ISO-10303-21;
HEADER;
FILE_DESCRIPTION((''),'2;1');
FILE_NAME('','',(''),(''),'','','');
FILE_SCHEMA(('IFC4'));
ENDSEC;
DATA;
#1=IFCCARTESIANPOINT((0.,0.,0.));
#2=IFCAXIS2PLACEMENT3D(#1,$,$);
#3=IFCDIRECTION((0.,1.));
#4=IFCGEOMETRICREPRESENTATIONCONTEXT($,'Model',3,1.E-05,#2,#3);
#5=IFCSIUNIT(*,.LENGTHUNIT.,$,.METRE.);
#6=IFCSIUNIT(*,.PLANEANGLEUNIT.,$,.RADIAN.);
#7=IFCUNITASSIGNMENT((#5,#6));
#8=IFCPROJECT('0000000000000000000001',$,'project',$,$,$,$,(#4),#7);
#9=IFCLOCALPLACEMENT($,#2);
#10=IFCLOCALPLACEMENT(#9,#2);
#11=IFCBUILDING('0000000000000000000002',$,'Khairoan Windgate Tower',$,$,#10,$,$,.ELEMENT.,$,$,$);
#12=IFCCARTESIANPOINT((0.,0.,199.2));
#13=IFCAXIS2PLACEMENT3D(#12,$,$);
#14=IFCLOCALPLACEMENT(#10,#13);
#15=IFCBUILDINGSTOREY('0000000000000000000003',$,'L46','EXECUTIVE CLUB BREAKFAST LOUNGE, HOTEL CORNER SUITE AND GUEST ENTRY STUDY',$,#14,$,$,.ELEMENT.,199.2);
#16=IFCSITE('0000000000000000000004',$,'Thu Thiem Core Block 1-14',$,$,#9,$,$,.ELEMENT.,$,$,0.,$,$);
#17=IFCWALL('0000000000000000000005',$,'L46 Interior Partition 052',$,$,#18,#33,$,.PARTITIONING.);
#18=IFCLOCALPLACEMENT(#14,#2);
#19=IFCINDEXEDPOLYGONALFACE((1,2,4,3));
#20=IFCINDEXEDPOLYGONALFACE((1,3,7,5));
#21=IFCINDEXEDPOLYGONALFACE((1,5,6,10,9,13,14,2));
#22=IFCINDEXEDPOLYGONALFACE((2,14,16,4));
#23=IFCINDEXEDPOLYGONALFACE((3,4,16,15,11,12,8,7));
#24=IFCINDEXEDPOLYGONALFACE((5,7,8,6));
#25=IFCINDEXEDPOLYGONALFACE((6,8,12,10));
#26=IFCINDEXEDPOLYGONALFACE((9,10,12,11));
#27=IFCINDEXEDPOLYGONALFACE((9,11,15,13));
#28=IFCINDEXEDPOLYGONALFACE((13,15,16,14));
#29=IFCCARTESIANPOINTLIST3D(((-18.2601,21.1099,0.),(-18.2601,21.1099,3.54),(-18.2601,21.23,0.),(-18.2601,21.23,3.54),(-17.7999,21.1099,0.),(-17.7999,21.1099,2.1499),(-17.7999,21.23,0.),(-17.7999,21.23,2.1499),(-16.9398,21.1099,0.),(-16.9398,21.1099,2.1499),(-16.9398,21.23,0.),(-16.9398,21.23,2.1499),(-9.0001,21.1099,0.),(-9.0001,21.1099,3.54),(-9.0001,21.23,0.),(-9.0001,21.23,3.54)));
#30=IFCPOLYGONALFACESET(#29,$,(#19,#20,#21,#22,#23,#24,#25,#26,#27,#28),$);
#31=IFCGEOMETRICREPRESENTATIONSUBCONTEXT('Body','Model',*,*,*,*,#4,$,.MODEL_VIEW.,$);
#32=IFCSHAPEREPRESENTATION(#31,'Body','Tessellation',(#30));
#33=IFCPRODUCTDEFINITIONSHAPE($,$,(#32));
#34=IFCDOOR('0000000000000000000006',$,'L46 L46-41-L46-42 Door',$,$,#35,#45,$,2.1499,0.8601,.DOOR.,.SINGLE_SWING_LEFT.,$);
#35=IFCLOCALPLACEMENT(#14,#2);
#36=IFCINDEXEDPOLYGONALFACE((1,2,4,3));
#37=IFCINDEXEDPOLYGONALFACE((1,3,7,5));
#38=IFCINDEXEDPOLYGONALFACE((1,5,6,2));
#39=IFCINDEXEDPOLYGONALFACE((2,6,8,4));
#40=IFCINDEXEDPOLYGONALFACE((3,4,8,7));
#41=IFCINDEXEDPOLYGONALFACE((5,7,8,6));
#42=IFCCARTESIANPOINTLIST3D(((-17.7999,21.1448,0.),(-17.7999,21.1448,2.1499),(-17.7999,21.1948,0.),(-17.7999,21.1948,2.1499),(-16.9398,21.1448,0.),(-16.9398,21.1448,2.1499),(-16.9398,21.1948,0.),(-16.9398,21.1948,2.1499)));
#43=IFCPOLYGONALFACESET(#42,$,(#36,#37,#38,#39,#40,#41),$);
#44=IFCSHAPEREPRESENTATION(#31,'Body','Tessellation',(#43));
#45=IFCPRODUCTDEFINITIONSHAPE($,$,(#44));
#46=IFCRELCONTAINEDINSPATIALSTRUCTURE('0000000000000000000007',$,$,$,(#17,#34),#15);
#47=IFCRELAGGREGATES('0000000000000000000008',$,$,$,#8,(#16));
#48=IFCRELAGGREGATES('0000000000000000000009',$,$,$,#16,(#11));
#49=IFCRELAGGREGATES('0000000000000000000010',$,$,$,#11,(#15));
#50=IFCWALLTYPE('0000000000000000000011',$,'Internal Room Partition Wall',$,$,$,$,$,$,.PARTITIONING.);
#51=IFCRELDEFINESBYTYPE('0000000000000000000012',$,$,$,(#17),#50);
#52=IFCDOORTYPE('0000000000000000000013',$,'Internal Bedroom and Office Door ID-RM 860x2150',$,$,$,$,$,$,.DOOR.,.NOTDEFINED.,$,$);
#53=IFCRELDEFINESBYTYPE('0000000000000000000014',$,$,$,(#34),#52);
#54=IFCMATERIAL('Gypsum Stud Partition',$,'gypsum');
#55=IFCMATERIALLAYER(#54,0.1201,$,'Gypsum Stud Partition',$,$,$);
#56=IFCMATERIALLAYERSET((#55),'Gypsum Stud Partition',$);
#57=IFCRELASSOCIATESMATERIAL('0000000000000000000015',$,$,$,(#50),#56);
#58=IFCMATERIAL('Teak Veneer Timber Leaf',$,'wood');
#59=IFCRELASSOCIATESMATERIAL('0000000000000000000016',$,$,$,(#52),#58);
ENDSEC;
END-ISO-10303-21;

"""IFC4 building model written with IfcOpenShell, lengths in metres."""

from ifc_helpers import new_model, si_unit, direction, frame, frame_2d, origin, place, context, subcontext, project, spatial, rectangle, extrude, material, layer, layer_set, type_object, element, fill, save


model = new_model("IFC4")

# Units and contexts
model_context = context("Model", 3, precision=1e-05, world=origin(), true_north=direction((0.0, 1.0)))
body_context = subcontext(model_context, "Body", "Model", "MODEL_VIEW")
ifc_project = project(units=[si_unit("LENGTHUNIT", "METRE"), si_unit("PLANEANGLEUNIT", "RADIAN")], contexts=[model_context])

# Site, building, storey
site_placement = place(None, origin())
site = spatial("IfcSite", under=ifc_project, at=site_placement, Name="Thu Thiem Core Block 1-14", CompositionType="ELEMENT", RefElevation=0.0)
building_placement = place(site_placement, origin())
building = spatial("IfcBuilding", under=site, at=building_placement, Name="Khairoan Windgate Tower", CompositionType="ELEMENT")
storey_placement = place(building_placement, frame((0.0, 0.0, 199.2)))
storey = spatial("IfcBuildingStorey", under=building, at=storey_placement, Name="L46", Description="EXECUTIVE CLUB BREAKFAST LOUNGE, HOTEL CORNER SUITE AND GUEST ENTRY STUDY", CompositionType="ELEMENT", Elevation=199.2)

# Wall, opening, door
ifc_material_1 = material(Name="Gypsum Stud Partition", Category="gypsum")
ifc_layer_1 = layer(ifc_material_1, 0.1201, Name="Gypsum Stud Partition")
ifc_layer_set_1 = layer_set([ifc_layer_1], Name="Gypsum Stud Partition")
wall_type_1 = type_object("IfcWallType", Name="Internal Room Partition Wall", PredefinedType="PARTITIONING", material=ifc_layer_set_1)
wall_1_placement = place(storey_placement, frame((-18.26, 21.1699, 0.0), z_axis=(0.0, 0.0, 1.0), x_axis=(1.0, 0.0, 0.0)))
wall_1 = element("IfcWall", 1, at=wall_1_placement, inside=storey, type_object=wall_type_1, Name="L46 Interior Partition 052", PredefinedType="PARTITIONING", context=body_context, shape_type="SweptSolid", body=[
    extrude(rectangle(XDim=9.26, YDim=0.1201, at=frame_2d((4.6299, 0.0))), origin(), (0.0, 0.0, 1.0), 3.54),
])
opening_1_placement = place(wall_1_placement, frame((0.46, 0.0, 0.0)))
opening_1 = element("IfcOpeningElement", 2, at=opening_1_placement, cuts=wall_1, PredefinedType="OPENING", context=body_context, shape_type="SweptSolid", body=[
    extrude(rectangle(XDim=0.8601, YDim=2.1499, at=frame_2d((0.4302, 1.075))), frame((0.0, 0.0701, 0.0), z_axis=(0.0, -1.0, 0.0), x_axis=(1.0, 0.0, 0.0)), (0.0, 0.0, 1.0), 0.1401),
])
ifc_material_2 = material(Name="Teak Veneer Timber Leaf", Category="wood")
door_type_1 = type_object("IfcDoorType", Name="Internal Bedroom and Office Door ID-RM 860x2150", OperationType="NOTDEFINED", PredefinedType="DOOR", material=ifc_material_2)
door_1_placement = place(opening_1_placement, origin())
door_1 = element("IfcDoor", 3, at=door_1_placement, inside=storey, type_object=door_type_1, Name="L46 L46-41-L46-42 Door", OperationType="SINGLE_SWING_LEFT", OverallHeight=2.1499, OverallWidth=0.8601, PredefinedType="DOOR", context=body_context, shape_type="SweptSolid", body=[
    extrude(rectangle(XDim=0.8601, YDim=2.1499, at=frame_2d((0.4302, 1.075))), frame((0.0, 0.0249, 0.0), z_axis=(0.0, -1.0, 0.0), x_axis=(1.0, 0.0, 0.0)), (0.0, 0.0, 1.0), 0.05),
])
fill(opening_1, door_1)

save(model, "model.ifc")
